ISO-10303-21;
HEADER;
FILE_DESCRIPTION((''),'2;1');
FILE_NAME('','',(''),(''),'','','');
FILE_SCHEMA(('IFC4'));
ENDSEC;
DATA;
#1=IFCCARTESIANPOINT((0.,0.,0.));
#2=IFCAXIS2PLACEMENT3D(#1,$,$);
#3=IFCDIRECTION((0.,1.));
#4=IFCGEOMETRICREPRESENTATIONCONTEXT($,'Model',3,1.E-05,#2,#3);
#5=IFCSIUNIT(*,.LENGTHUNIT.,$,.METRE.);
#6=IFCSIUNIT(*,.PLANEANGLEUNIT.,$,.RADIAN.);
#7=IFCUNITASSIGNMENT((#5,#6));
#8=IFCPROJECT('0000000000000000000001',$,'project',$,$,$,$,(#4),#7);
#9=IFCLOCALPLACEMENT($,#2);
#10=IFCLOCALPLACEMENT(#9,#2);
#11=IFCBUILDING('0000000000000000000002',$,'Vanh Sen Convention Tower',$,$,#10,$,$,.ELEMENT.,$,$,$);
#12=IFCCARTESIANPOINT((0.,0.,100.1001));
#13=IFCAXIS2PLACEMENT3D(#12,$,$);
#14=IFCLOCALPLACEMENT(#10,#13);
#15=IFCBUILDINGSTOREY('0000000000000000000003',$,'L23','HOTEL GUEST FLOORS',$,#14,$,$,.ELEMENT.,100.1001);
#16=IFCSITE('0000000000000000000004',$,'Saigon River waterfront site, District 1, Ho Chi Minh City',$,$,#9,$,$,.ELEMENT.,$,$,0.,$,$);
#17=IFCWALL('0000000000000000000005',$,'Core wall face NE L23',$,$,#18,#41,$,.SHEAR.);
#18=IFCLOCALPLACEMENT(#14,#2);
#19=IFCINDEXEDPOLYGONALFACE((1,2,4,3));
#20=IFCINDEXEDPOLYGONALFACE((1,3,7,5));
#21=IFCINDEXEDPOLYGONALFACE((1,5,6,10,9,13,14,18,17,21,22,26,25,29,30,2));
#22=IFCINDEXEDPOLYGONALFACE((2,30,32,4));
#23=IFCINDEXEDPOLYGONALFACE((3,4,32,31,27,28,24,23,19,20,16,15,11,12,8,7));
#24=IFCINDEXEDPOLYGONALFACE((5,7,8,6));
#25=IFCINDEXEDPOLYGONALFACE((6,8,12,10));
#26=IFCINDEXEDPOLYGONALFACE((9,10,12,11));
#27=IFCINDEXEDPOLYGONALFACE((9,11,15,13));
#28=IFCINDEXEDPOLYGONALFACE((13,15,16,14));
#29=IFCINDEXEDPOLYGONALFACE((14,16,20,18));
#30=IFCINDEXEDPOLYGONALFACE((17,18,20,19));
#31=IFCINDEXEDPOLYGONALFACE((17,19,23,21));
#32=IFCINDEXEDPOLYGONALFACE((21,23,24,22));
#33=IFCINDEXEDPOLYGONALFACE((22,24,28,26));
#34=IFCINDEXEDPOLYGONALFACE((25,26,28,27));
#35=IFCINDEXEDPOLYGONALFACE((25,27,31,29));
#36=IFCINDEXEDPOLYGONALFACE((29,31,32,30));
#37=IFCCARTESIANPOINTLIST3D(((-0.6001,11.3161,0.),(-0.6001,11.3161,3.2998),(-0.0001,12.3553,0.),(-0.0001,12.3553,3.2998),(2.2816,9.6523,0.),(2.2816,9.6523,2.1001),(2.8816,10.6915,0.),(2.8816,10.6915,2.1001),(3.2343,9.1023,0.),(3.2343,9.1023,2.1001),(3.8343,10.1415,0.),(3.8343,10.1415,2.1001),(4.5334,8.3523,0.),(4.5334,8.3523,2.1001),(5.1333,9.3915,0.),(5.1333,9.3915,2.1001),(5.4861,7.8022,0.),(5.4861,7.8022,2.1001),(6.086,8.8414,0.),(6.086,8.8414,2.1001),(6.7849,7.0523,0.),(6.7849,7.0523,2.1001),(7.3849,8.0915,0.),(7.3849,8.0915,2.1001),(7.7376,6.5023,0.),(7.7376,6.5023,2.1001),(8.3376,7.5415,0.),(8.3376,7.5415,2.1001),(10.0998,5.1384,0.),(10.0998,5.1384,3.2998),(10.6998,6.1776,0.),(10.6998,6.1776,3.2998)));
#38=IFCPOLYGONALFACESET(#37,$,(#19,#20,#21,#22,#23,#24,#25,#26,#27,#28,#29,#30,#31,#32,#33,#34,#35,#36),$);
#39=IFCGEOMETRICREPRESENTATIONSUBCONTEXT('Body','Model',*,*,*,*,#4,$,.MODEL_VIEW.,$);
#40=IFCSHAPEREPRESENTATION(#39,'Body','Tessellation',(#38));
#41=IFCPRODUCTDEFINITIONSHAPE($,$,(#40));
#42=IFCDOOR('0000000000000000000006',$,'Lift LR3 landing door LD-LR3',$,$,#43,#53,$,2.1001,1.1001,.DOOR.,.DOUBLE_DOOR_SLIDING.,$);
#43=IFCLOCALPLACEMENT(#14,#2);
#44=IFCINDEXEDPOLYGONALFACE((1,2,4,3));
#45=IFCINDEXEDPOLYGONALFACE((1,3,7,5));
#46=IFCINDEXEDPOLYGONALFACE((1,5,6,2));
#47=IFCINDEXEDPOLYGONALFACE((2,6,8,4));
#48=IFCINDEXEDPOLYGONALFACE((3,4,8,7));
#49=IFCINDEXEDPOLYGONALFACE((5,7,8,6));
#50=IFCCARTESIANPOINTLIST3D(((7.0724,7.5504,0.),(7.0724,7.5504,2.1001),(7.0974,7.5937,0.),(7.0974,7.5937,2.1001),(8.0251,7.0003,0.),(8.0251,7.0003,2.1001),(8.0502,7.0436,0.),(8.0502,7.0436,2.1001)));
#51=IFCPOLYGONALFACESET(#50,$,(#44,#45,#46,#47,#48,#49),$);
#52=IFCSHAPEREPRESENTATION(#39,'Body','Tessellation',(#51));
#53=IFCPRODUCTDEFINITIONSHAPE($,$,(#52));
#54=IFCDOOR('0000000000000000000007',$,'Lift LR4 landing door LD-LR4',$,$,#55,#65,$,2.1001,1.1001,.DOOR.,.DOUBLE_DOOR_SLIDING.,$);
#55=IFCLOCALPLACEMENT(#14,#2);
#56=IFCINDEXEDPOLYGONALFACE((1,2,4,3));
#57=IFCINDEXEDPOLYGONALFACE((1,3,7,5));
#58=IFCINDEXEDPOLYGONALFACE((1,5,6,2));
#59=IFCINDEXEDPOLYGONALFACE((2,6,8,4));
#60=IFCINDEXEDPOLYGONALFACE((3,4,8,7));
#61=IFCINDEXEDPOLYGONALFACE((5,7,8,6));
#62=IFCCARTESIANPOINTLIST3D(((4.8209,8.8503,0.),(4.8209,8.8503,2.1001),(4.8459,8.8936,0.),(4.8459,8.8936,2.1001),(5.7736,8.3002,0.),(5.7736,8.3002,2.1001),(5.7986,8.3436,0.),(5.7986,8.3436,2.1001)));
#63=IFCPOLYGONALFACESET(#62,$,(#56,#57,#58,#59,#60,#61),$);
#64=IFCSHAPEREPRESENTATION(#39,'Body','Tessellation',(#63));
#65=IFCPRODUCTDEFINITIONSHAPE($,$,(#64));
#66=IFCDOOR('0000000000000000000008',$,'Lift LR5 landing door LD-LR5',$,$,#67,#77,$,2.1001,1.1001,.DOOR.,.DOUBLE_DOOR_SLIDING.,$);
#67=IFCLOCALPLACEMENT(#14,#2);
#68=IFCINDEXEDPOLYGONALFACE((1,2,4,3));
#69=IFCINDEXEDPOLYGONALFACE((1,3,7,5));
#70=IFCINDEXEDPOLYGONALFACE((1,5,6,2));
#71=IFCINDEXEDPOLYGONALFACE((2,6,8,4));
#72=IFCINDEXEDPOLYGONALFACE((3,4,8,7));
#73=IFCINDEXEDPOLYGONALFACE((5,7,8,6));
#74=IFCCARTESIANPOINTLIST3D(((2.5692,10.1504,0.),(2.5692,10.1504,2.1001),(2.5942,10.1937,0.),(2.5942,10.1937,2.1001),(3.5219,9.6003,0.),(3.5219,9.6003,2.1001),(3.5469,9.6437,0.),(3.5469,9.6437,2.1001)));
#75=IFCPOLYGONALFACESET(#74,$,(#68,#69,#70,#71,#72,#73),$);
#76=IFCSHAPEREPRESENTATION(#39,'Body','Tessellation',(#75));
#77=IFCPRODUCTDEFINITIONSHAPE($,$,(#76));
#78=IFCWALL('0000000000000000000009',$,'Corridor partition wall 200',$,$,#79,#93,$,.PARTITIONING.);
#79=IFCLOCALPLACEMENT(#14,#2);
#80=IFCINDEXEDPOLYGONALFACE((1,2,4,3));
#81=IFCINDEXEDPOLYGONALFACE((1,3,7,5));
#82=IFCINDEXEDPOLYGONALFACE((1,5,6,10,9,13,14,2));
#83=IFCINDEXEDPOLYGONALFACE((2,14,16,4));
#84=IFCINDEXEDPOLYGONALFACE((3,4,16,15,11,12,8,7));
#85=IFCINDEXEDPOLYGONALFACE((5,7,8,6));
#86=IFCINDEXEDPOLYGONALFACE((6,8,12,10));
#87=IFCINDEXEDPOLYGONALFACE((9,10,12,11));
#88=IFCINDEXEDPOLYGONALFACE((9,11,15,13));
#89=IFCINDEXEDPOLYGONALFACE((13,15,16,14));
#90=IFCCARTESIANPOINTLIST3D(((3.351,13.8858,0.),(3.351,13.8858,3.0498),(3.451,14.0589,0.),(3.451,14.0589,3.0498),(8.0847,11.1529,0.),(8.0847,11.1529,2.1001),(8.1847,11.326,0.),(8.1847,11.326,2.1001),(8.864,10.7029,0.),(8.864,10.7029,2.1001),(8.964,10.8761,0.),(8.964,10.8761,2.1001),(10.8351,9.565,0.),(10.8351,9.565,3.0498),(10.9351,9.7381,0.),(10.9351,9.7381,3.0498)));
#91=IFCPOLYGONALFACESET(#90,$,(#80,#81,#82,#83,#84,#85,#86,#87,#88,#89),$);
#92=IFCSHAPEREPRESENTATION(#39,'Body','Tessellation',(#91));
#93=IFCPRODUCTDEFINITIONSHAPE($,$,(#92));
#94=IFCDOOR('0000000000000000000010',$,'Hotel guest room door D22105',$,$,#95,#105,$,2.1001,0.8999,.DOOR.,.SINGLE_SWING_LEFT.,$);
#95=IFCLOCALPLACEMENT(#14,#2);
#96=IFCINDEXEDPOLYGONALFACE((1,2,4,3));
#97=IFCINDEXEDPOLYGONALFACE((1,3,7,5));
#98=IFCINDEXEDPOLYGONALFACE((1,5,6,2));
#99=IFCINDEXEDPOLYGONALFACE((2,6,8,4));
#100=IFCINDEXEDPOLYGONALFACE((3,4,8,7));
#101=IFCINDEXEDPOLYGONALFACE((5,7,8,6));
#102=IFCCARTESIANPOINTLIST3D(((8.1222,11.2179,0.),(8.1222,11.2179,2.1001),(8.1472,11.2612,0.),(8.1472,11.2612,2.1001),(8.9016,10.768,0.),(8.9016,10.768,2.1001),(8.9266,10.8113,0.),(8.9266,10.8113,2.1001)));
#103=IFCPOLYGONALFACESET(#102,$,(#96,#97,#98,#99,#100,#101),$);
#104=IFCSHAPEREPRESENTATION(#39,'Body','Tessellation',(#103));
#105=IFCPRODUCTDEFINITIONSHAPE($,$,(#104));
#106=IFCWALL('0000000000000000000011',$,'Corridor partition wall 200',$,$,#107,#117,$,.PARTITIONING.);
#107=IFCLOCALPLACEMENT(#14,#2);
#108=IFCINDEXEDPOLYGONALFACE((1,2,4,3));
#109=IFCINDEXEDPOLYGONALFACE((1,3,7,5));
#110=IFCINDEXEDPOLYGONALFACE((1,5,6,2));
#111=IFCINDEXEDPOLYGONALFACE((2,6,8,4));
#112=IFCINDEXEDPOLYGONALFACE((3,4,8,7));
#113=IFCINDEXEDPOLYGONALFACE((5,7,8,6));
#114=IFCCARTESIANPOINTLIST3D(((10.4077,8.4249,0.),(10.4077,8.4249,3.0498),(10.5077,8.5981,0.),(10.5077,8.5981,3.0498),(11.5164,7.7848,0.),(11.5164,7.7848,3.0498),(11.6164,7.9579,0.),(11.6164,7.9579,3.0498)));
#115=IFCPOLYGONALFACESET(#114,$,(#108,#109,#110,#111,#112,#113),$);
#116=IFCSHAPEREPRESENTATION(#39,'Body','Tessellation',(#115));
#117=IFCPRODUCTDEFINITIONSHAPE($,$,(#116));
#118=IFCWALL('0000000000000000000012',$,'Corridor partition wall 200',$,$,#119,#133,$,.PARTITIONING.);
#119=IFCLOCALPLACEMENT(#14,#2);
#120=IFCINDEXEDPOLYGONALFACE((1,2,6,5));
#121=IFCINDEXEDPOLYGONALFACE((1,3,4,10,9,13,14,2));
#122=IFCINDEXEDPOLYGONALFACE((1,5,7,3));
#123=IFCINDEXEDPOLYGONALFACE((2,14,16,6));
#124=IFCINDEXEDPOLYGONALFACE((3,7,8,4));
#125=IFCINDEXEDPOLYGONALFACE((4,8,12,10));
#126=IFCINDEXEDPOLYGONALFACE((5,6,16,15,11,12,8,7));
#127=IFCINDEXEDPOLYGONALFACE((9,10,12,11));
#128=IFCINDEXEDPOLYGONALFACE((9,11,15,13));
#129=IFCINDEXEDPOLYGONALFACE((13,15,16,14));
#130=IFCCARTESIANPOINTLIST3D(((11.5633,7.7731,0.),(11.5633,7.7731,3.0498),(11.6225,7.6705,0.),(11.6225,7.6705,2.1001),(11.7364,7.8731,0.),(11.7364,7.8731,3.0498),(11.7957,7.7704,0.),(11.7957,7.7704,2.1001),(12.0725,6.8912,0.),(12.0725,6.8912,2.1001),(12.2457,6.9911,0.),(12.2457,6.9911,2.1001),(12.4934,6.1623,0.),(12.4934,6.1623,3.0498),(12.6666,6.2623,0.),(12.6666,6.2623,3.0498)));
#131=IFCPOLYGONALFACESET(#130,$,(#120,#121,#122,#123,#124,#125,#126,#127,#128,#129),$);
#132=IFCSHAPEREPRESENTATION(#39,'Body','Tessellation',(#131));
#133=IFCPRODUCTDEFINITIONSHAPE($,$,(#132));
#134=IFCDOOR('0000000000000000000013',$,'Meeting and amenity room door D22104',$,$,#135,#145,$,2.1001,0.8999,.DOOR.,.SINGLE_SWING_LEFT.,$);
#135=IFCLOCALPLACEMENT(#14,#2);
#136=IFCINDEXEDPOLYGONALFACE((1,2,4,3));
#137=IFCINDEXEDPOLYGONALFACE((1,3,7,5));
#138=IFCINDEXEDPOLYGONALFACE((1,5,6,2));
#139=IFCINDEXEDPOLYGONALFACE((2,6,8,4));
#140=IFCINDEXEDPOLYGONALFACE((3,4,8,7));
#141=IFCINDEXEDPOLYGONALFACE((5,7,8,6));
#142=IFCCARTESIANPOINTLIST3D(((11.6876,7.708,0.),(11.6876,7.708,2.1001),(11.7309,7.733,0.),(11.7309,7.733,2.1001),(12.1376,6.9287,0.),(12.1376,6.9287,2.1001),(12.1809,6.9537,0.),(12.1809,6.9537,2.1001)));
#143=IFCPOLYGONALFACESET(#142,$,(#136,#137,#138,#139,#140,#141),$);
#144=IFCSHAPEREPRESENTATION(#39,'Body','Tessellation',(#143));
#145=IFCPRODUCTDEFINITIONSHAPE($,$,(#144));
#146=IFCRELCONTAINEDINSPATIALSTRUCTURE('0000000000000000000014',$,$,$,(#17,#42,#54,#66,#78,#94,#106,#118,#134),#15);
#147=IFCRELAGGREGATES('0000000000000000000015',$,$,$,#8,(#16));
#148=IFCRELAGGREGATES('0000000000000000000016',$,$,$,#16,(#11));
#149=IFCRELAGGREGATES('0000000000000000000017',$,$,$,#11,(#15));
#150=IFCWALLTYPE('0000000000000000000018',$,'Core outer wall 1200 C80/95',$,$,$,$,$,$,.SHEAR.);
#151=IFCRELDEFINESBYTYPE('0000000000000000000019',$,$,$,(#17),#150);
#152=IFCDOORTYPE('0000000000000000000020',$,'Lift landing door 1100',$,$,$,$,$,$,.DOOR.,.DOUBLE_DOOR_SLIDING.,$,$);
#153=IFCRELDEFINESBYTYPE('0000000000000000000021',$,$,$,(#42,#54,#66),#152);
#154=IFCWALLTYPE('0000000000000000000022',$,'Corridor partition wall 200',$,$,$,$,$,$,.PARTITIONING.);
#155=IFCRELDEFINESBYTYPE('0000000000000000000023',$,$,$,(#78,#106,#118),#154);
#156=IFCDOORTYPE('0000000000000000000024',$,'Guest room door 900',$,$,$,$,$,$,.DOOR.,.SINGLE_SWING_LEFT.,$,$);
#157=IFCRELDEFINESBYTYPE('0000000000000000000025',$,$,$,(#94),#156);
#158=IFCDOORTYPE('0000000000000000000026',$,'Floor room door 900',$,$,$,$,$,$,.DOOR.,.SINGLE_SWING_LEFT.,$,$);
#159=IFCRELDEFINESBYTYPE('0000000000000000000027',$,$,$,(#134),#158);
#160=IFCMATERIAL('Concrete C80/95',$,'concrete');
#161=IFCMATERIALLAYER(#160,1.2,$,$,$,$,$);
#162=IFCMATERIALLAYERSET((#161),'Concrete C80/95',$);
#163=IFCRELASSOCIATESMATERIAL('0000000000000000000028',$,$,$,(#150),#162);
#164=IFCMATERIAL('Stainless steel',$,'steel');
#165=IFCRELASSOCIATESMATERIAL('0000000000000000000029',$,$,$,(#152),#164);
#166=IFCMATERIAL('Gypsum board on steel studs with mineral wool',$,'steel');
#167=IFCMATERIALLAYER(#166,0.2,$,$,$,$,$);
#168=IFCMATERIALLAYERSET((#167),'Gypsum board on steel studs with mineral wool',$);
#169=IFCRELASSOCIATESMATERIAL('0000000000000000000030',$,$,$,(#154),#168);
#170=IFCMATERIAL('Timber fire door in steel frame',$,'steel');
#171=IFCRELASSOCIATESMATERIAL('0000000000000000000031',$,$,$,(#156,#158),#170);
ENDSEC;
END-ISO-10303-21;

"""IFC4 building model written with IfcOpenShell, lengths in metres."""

from ifc_helpers import new_model, si_unit, direction, frame, frame_2d, origin, place, context, subcontext, project, spatial, rectangle, extrude, material, layer, layer_set, type_object, element, fill, save


model = new_model("IFC4")

# Units and contexts
model_context = context("Model", 3, precision=1e-05, world=origin(), true_north=direction((0.0, 1.0)))
body_context = subcontext(model_context, "Body", "Model", "MODEL_VIEW")
ifc_project = project(units=[si_unit("LENGTHUNIT", "METRE"), si_unit("PLANEANGLEUNIT", "RADIAN")], contexts=[model_context])

# Site, building, storey
site_placement = place(None, origin())
site = spatial("IfcSite", under=ifc_project, at=site_placement, Name="Saigon River waterfront site, District 1, Ho Chi Minh City", CompositionType="ELEMENT", RefElevation=0.0)
building_placement = place(site_placement, origin())
building = spatial("IfcBuilding", under=site, at=building_placement, Name="Vanh Sen Convention Tower", CompositionType="ELEMENT")
storey_placement = place(building_placement, frame((0.0, 0.0, 100.1001)))
storey = spatial("IfcBuildingStorey", under=building, at=storey_placement, Name="L23", Description="HOTEL GUEST FLOORS", CompositionType="ELEMENT", Elevation=100.1001)

# Shared definitions
ifc_material_1 = material(Name="Concrete C80/95", Category="concrete")

# Wall, openings, doors
ifc_layer_1 = layer(ifc_material_1, 1.2)
ifc_layer_set_1 = layer_set([ifc_layer_1], Name="Concrete C80/95")
wall_type_1 = type_object("IfcWallType", Name="Core outer wall 1200 C80/95", PredefinedType="SHEAR", material=ifc_layer_set_1)
wall_1_placement = place(storey_placement, frame((10.3999, 5.658, 0.0), z_axis=(0.0, 0.0, 1.0), x_axis=(-0.866021, 0.500007, 0.0)))
wall_1 = element("IfcWall", 1, at=wall_1_placement, inside=storey, type_object=wall_type_1, Name="Core wall face NE L23", PredefinedType="SHEAR", context=body_context, shape_type="SweptSolid", body=[
    extrude(rectangle(XDim=12.3552, YDim=1.2, at=frame_2d((6.1777, 0.0))), origin(), (0.0, 0.0, 1.0), 3.2998),
])
opening_1_placement = place(wall_1_placement, frame((2.7278, 0.0, 0.0)))
opening_1 = element("IfcOpeningElement", 2, at=opening_1_placement, cuts=wall_1, PredefinedType="OPENING", context=body_context, shape_type="SweptSolid", body=[
    extrude(rectangle(XDim=1.1001, YDim=2.1001, at=frame_2d((0.55, 1.05))), frame((0.0, 0.6099, 0.0), z_axis=(0.0, -1.0, 0.0), x_axis=(1.0, 0.0, 0.0)), (0.0, 0.0, 1.0), 1.22),
])
opening_2_placement = place(wall_1_placement, frame((5.3276, 0.0, 0.0)))
opening_2 = element("IfcOpeningElement", 3, at=opening_2_placement, cuts=wall_1, PredefinedType="OPENING", context=body_context, shape_type="SweptSolid", body=[
    extrude(rectangle(XDim=1.1001, YDim=2.1001, at=frame_2d((0.55, 1.05))), frame((0.0, 0.6099, 0.0), z_axis=(0.0, -1.0, 0.0), x_axis=(1.0, 0.0, 0.0)), (0.0, 0.0, 1.0), 1.22),
])
opening_3_placement = place(wall_1_placement, frame((7.9277, 0.0, 0.0)))
opening_3 = element("IfcOpeningElement", 4, at=opening_3_placement, cuts=wall_1, PredefinedType="OPENING", context=body_context, shape_type="SweptSolid", body=[
    extrude(rectangle(XDim=1.1001, YDim=2.1001, at=frame_2d((0.55, 1.05))), frame((0.0, 0.6099, 0.0), z_axis=(0.0, -1.0, 0.0), x_axis=(1.0, 0.0, 0.0)), (0.0, 0.0, 1.0), 1.22),
])
ifc_material_2 = material(Name="Stainless steel", Category="steel")
door_type_1 = type_object("IfcDoorType", Name="Lift landing door 1100", OperationType="DOUBLE_DOOR_SLIDING", PredefinedType="DOOR", material=ifc_material_2)
door_1_placement = place(opening_1_placement, origin())
door_1 = element("IfcDoor", 5, at=door_1_placement, inside=storey, type_object=door_type_1, Name="Lift LR3 landing door LD-LR3", OperationType="DOUBLE_DOOR_SLIDING", OverallHeight=2.1001, OverallWidth=1.1001, PredefinedType="DOOR", context=body_context, shape_type="SweptSolid", body=[
    extrude(rectangle(XDim=1.1001, YDim=2.1001, at=frame_2d((0.55, 1.05))), frame((0.0, 0.0249, 0.0), z_axis=(0.0, -1.0, 0.0), x_axis=(1.0, 0.0, 0.0)), (0.0, 0.0, 1.0), 0.05),
])
fill(opening_1, door_1)
door_2_placement = place(opening_2_placement, origin())
door_2 = element("IfcDoor", 6, at=door_2_placement, inside=storey, type_object=door_type_1, Name="Lift LR4 landing door LD-LR4", OperationType="DOUBLE_DOOR_SLIDING", OverallHeight=2.1001, OverallWidth=1.1001, PredefinedType="DOOR", context=body_context, shape_type="SweptSolid", body=[
    extrude(rectangle(XDim=1.1001, YDim=2.1001, at=frame_2d((0.55, 1.05))), frame((0.0, 0.0249, 0.0), z_axis=(0.0, -1.0, 0.0), x_axis=(1.0, 0.0, 0.0)), (0.0, 0.0, 1.0), 0.05),
])
fill(opening_2, door_2)
door_3_placement = place(opening_3_placement, origin())
door_3 = element("IfcDoor", 7, at=door_3_placement, inside=storey, type_object=door_type_1, Name="Lift LR5 landing door LD-LR5", OperationType="DOUBLE_DOOR_SLIDING", OverallHeight=2.1001, OverallWidth=1.1001, PredefinedType="DOOR", context=body_context, shape_type="SweptSolid", body=[
    extrude(rectangle(XDim=1.1001, YDim=2.1001, at=frame_2d((0.55, 1.05))), frame((0.0, 0.0249, 0.0), z_axis=(0.0, -1.0, 0.0), x_axis=(1.0, 0.0, 0.0)), (0.0, 0.0, 1.0), 0.05),
])
fill(opening_3, door_3)

# Wall, opening, door
ifc_material_3 = material(Name="Gypsum board on steel studs with mineral wool", Category="steel")
ifc_layer_2 = layer(ifc_material_3, 0.2)
ifc_layer_set_2 = layer_set([ifc_layer_2], Name="Gypsum board on steel studs with mineral wool")
wall_type_2 = type_object("IfcWallType", Name="Corridor partition wall 200", PredefinedType="PARTITIONING", material=ifc_layer_set_2)
wall_2_placement = place(storey_placement, frame((10.885, 9.6516, 0.0), z_axis=(0.0, 0.0, 1.0), x_axis=(-0.866034, 0.499986, 0.0)))
wall_2 = element("IfcWall", 8, at=wall_2_placement, inside=storey, type_object=wall_type_2, Name="Corridor partition wall 200", PredefinedType="PARTITIONING", context=body_context, shape_type="SweptSolid", body=[
    extrude(rectangle(XDim=8.6418, YDim=0.2, at=frame_2d((4.3208, 0.0))), origin(), (0.0, 0.0, 1.0), 3.0498),
])
opening_4_placement = place(wall_2_placement, frame((2.2759, 0.0, 0.0)))
opening_4 = element("IfcOpeningElement", 9, at=opening_4_placement, cuts=wall_2, PredefinedType="OPENING", context=body_context, shape_type="SweptSolid", body=[
    extrude(rectangle(XDim=0.8999, YDim=2.1001, at=frame_2d((0.45, 1.05))), frame((0.0, 0.1099, 0.0), z_axis=(0.0, -1.0, 0.0), x_axis=(1.0, 0.0, 0.0)), (0.0, 0.0, 1.0), 0.22),
])
ifc_material_4 = material(Name="Timber fire door in steel frame", Category="steel")
door_type_2 = type_object("IfcDoorType", Name="Guest room door 900", OperationType="SINGLE_SWING_LEFT", PredefinedType="DOOR", material=ifc_material_4)
door_4_placement = place(opening_4_placement, origin())
door_4 = element("IfcDoor", 10, at=door_4_placement, inside=storey, type_object=door_type_2, Name="Hotel guest room door D22105", OperationType="SINGLE_SWING_LEFT", OverallHeight=2.1001, OverallWidth=0.8999, PredefinedType="DOOR", context=body_context, shape_type="SweptSolid", body=[
    extrude(rectangle(XDim=0.8999, YDim=2.1001, at=frame_2d((0.45, 1.05))), frame((0.0, 0.0249, 0.0), z_axis=(0.0, -1.0, 0.0), x_axis=(1.0, 0.0, 0.0)), (0.0, 0.0, 1.0), 0.05),
])
fill(opening_4, door_4)

# Wall
wall_3_placement = place(storey_placement, frame((11.5664, 7.8713, 0.0), z_axis=(0.0, 0.0, 1.0), x_axis=(-0.866005, 0.500036, 0.0)))
element("IfcWall", 11, at=wall_3_placement, inside=storey, type_object=wall_type_2, Name="Corridor partition wall 200", PredefinedType="PARTITIONING", context=body_context, shape_type="SweptSolid", body=[
    extrude(rectangle(XDim=1.2803, YDim=0.2, at=frame_2d((0.6401, 0.0))), origin(), (0.0, 0.0, 1.0), 3.0498),
])

# Wall, opening, door
wall_4_placement = place(storey_placement, frame((12.5801, 6.2122, 0.0), z_axis=(0.0, 0.0, 1.0), x_axis=(-0.500063, 0.865989, 0.0)))
wall_4 = element("IfcWall", 12, at=wall_4_placement, inside=storey, type_object=wall_type_2, Name="Corridor partition wall 200", PredefinedType="PARTITIONING", context=body_context, shape_type="SweptSolid", body=[
    extrude(rectangle(XDim=1.8601, YDim=0.2, at=frame_2d((0.9302, 0.0))), origin(), (0.0, 0.0, 1.0), 3.0498),
])
opening_5_placement = place(wall_4_placement, frame((0.8418, 0.0, 0.0)))
opening_5 = element("IfcOpeningElement", 13, at=opening_5_placement, cuts=wall_4, PredefinedType="OPENING", context=body_context, shape_type="SweptSolid", body=[
    extrude(rectangle(XDim=0.8999, YDim=2.1001, at=frame_2d((0.45, 1.05))), frame((0.0, 0.1099, 0.0), z_axis=(0.0, -1.0, 0.0), x_axis=(1.0, 0.0, 0.0)), (0.0, 0.0, 1.0), 0.22),
])
door_type_3 = type_object("IfcDoorType", Name="Floor room door 900", OperationType="SINGLE_SWING_LEFT", PredefinedType="DOOR", material=ifc_material_4)
door_5_placement = place(opening_5_placement, origin())
door_5 = element("IfcDoor", 14, at=door_5_placement, inside=storey, type_object=door_type_3, Name="Meeting and amenity room door D22104", OperationType="SINGLE_SWING_LEFT", OverallHeight=2.1001, OverallWidth=0.8999, PredefinedType="DOOR", context=body_context, shape_type="SweptSolid", body=[
    extrude(rectangle(XDim=0.8999, YDim=2.1001, at=frame_2d((0.45, 1.05))), frame((0.0, 0.0249, 0.0), z_axis=(0.0, -1.0, 0.0), x_axis=(1.0, 0.0, 0.0)), (0.0, 0.0, 1.0), 0.05),
])
fill(opening_5, door_5)

save(model, "model.ifc")
